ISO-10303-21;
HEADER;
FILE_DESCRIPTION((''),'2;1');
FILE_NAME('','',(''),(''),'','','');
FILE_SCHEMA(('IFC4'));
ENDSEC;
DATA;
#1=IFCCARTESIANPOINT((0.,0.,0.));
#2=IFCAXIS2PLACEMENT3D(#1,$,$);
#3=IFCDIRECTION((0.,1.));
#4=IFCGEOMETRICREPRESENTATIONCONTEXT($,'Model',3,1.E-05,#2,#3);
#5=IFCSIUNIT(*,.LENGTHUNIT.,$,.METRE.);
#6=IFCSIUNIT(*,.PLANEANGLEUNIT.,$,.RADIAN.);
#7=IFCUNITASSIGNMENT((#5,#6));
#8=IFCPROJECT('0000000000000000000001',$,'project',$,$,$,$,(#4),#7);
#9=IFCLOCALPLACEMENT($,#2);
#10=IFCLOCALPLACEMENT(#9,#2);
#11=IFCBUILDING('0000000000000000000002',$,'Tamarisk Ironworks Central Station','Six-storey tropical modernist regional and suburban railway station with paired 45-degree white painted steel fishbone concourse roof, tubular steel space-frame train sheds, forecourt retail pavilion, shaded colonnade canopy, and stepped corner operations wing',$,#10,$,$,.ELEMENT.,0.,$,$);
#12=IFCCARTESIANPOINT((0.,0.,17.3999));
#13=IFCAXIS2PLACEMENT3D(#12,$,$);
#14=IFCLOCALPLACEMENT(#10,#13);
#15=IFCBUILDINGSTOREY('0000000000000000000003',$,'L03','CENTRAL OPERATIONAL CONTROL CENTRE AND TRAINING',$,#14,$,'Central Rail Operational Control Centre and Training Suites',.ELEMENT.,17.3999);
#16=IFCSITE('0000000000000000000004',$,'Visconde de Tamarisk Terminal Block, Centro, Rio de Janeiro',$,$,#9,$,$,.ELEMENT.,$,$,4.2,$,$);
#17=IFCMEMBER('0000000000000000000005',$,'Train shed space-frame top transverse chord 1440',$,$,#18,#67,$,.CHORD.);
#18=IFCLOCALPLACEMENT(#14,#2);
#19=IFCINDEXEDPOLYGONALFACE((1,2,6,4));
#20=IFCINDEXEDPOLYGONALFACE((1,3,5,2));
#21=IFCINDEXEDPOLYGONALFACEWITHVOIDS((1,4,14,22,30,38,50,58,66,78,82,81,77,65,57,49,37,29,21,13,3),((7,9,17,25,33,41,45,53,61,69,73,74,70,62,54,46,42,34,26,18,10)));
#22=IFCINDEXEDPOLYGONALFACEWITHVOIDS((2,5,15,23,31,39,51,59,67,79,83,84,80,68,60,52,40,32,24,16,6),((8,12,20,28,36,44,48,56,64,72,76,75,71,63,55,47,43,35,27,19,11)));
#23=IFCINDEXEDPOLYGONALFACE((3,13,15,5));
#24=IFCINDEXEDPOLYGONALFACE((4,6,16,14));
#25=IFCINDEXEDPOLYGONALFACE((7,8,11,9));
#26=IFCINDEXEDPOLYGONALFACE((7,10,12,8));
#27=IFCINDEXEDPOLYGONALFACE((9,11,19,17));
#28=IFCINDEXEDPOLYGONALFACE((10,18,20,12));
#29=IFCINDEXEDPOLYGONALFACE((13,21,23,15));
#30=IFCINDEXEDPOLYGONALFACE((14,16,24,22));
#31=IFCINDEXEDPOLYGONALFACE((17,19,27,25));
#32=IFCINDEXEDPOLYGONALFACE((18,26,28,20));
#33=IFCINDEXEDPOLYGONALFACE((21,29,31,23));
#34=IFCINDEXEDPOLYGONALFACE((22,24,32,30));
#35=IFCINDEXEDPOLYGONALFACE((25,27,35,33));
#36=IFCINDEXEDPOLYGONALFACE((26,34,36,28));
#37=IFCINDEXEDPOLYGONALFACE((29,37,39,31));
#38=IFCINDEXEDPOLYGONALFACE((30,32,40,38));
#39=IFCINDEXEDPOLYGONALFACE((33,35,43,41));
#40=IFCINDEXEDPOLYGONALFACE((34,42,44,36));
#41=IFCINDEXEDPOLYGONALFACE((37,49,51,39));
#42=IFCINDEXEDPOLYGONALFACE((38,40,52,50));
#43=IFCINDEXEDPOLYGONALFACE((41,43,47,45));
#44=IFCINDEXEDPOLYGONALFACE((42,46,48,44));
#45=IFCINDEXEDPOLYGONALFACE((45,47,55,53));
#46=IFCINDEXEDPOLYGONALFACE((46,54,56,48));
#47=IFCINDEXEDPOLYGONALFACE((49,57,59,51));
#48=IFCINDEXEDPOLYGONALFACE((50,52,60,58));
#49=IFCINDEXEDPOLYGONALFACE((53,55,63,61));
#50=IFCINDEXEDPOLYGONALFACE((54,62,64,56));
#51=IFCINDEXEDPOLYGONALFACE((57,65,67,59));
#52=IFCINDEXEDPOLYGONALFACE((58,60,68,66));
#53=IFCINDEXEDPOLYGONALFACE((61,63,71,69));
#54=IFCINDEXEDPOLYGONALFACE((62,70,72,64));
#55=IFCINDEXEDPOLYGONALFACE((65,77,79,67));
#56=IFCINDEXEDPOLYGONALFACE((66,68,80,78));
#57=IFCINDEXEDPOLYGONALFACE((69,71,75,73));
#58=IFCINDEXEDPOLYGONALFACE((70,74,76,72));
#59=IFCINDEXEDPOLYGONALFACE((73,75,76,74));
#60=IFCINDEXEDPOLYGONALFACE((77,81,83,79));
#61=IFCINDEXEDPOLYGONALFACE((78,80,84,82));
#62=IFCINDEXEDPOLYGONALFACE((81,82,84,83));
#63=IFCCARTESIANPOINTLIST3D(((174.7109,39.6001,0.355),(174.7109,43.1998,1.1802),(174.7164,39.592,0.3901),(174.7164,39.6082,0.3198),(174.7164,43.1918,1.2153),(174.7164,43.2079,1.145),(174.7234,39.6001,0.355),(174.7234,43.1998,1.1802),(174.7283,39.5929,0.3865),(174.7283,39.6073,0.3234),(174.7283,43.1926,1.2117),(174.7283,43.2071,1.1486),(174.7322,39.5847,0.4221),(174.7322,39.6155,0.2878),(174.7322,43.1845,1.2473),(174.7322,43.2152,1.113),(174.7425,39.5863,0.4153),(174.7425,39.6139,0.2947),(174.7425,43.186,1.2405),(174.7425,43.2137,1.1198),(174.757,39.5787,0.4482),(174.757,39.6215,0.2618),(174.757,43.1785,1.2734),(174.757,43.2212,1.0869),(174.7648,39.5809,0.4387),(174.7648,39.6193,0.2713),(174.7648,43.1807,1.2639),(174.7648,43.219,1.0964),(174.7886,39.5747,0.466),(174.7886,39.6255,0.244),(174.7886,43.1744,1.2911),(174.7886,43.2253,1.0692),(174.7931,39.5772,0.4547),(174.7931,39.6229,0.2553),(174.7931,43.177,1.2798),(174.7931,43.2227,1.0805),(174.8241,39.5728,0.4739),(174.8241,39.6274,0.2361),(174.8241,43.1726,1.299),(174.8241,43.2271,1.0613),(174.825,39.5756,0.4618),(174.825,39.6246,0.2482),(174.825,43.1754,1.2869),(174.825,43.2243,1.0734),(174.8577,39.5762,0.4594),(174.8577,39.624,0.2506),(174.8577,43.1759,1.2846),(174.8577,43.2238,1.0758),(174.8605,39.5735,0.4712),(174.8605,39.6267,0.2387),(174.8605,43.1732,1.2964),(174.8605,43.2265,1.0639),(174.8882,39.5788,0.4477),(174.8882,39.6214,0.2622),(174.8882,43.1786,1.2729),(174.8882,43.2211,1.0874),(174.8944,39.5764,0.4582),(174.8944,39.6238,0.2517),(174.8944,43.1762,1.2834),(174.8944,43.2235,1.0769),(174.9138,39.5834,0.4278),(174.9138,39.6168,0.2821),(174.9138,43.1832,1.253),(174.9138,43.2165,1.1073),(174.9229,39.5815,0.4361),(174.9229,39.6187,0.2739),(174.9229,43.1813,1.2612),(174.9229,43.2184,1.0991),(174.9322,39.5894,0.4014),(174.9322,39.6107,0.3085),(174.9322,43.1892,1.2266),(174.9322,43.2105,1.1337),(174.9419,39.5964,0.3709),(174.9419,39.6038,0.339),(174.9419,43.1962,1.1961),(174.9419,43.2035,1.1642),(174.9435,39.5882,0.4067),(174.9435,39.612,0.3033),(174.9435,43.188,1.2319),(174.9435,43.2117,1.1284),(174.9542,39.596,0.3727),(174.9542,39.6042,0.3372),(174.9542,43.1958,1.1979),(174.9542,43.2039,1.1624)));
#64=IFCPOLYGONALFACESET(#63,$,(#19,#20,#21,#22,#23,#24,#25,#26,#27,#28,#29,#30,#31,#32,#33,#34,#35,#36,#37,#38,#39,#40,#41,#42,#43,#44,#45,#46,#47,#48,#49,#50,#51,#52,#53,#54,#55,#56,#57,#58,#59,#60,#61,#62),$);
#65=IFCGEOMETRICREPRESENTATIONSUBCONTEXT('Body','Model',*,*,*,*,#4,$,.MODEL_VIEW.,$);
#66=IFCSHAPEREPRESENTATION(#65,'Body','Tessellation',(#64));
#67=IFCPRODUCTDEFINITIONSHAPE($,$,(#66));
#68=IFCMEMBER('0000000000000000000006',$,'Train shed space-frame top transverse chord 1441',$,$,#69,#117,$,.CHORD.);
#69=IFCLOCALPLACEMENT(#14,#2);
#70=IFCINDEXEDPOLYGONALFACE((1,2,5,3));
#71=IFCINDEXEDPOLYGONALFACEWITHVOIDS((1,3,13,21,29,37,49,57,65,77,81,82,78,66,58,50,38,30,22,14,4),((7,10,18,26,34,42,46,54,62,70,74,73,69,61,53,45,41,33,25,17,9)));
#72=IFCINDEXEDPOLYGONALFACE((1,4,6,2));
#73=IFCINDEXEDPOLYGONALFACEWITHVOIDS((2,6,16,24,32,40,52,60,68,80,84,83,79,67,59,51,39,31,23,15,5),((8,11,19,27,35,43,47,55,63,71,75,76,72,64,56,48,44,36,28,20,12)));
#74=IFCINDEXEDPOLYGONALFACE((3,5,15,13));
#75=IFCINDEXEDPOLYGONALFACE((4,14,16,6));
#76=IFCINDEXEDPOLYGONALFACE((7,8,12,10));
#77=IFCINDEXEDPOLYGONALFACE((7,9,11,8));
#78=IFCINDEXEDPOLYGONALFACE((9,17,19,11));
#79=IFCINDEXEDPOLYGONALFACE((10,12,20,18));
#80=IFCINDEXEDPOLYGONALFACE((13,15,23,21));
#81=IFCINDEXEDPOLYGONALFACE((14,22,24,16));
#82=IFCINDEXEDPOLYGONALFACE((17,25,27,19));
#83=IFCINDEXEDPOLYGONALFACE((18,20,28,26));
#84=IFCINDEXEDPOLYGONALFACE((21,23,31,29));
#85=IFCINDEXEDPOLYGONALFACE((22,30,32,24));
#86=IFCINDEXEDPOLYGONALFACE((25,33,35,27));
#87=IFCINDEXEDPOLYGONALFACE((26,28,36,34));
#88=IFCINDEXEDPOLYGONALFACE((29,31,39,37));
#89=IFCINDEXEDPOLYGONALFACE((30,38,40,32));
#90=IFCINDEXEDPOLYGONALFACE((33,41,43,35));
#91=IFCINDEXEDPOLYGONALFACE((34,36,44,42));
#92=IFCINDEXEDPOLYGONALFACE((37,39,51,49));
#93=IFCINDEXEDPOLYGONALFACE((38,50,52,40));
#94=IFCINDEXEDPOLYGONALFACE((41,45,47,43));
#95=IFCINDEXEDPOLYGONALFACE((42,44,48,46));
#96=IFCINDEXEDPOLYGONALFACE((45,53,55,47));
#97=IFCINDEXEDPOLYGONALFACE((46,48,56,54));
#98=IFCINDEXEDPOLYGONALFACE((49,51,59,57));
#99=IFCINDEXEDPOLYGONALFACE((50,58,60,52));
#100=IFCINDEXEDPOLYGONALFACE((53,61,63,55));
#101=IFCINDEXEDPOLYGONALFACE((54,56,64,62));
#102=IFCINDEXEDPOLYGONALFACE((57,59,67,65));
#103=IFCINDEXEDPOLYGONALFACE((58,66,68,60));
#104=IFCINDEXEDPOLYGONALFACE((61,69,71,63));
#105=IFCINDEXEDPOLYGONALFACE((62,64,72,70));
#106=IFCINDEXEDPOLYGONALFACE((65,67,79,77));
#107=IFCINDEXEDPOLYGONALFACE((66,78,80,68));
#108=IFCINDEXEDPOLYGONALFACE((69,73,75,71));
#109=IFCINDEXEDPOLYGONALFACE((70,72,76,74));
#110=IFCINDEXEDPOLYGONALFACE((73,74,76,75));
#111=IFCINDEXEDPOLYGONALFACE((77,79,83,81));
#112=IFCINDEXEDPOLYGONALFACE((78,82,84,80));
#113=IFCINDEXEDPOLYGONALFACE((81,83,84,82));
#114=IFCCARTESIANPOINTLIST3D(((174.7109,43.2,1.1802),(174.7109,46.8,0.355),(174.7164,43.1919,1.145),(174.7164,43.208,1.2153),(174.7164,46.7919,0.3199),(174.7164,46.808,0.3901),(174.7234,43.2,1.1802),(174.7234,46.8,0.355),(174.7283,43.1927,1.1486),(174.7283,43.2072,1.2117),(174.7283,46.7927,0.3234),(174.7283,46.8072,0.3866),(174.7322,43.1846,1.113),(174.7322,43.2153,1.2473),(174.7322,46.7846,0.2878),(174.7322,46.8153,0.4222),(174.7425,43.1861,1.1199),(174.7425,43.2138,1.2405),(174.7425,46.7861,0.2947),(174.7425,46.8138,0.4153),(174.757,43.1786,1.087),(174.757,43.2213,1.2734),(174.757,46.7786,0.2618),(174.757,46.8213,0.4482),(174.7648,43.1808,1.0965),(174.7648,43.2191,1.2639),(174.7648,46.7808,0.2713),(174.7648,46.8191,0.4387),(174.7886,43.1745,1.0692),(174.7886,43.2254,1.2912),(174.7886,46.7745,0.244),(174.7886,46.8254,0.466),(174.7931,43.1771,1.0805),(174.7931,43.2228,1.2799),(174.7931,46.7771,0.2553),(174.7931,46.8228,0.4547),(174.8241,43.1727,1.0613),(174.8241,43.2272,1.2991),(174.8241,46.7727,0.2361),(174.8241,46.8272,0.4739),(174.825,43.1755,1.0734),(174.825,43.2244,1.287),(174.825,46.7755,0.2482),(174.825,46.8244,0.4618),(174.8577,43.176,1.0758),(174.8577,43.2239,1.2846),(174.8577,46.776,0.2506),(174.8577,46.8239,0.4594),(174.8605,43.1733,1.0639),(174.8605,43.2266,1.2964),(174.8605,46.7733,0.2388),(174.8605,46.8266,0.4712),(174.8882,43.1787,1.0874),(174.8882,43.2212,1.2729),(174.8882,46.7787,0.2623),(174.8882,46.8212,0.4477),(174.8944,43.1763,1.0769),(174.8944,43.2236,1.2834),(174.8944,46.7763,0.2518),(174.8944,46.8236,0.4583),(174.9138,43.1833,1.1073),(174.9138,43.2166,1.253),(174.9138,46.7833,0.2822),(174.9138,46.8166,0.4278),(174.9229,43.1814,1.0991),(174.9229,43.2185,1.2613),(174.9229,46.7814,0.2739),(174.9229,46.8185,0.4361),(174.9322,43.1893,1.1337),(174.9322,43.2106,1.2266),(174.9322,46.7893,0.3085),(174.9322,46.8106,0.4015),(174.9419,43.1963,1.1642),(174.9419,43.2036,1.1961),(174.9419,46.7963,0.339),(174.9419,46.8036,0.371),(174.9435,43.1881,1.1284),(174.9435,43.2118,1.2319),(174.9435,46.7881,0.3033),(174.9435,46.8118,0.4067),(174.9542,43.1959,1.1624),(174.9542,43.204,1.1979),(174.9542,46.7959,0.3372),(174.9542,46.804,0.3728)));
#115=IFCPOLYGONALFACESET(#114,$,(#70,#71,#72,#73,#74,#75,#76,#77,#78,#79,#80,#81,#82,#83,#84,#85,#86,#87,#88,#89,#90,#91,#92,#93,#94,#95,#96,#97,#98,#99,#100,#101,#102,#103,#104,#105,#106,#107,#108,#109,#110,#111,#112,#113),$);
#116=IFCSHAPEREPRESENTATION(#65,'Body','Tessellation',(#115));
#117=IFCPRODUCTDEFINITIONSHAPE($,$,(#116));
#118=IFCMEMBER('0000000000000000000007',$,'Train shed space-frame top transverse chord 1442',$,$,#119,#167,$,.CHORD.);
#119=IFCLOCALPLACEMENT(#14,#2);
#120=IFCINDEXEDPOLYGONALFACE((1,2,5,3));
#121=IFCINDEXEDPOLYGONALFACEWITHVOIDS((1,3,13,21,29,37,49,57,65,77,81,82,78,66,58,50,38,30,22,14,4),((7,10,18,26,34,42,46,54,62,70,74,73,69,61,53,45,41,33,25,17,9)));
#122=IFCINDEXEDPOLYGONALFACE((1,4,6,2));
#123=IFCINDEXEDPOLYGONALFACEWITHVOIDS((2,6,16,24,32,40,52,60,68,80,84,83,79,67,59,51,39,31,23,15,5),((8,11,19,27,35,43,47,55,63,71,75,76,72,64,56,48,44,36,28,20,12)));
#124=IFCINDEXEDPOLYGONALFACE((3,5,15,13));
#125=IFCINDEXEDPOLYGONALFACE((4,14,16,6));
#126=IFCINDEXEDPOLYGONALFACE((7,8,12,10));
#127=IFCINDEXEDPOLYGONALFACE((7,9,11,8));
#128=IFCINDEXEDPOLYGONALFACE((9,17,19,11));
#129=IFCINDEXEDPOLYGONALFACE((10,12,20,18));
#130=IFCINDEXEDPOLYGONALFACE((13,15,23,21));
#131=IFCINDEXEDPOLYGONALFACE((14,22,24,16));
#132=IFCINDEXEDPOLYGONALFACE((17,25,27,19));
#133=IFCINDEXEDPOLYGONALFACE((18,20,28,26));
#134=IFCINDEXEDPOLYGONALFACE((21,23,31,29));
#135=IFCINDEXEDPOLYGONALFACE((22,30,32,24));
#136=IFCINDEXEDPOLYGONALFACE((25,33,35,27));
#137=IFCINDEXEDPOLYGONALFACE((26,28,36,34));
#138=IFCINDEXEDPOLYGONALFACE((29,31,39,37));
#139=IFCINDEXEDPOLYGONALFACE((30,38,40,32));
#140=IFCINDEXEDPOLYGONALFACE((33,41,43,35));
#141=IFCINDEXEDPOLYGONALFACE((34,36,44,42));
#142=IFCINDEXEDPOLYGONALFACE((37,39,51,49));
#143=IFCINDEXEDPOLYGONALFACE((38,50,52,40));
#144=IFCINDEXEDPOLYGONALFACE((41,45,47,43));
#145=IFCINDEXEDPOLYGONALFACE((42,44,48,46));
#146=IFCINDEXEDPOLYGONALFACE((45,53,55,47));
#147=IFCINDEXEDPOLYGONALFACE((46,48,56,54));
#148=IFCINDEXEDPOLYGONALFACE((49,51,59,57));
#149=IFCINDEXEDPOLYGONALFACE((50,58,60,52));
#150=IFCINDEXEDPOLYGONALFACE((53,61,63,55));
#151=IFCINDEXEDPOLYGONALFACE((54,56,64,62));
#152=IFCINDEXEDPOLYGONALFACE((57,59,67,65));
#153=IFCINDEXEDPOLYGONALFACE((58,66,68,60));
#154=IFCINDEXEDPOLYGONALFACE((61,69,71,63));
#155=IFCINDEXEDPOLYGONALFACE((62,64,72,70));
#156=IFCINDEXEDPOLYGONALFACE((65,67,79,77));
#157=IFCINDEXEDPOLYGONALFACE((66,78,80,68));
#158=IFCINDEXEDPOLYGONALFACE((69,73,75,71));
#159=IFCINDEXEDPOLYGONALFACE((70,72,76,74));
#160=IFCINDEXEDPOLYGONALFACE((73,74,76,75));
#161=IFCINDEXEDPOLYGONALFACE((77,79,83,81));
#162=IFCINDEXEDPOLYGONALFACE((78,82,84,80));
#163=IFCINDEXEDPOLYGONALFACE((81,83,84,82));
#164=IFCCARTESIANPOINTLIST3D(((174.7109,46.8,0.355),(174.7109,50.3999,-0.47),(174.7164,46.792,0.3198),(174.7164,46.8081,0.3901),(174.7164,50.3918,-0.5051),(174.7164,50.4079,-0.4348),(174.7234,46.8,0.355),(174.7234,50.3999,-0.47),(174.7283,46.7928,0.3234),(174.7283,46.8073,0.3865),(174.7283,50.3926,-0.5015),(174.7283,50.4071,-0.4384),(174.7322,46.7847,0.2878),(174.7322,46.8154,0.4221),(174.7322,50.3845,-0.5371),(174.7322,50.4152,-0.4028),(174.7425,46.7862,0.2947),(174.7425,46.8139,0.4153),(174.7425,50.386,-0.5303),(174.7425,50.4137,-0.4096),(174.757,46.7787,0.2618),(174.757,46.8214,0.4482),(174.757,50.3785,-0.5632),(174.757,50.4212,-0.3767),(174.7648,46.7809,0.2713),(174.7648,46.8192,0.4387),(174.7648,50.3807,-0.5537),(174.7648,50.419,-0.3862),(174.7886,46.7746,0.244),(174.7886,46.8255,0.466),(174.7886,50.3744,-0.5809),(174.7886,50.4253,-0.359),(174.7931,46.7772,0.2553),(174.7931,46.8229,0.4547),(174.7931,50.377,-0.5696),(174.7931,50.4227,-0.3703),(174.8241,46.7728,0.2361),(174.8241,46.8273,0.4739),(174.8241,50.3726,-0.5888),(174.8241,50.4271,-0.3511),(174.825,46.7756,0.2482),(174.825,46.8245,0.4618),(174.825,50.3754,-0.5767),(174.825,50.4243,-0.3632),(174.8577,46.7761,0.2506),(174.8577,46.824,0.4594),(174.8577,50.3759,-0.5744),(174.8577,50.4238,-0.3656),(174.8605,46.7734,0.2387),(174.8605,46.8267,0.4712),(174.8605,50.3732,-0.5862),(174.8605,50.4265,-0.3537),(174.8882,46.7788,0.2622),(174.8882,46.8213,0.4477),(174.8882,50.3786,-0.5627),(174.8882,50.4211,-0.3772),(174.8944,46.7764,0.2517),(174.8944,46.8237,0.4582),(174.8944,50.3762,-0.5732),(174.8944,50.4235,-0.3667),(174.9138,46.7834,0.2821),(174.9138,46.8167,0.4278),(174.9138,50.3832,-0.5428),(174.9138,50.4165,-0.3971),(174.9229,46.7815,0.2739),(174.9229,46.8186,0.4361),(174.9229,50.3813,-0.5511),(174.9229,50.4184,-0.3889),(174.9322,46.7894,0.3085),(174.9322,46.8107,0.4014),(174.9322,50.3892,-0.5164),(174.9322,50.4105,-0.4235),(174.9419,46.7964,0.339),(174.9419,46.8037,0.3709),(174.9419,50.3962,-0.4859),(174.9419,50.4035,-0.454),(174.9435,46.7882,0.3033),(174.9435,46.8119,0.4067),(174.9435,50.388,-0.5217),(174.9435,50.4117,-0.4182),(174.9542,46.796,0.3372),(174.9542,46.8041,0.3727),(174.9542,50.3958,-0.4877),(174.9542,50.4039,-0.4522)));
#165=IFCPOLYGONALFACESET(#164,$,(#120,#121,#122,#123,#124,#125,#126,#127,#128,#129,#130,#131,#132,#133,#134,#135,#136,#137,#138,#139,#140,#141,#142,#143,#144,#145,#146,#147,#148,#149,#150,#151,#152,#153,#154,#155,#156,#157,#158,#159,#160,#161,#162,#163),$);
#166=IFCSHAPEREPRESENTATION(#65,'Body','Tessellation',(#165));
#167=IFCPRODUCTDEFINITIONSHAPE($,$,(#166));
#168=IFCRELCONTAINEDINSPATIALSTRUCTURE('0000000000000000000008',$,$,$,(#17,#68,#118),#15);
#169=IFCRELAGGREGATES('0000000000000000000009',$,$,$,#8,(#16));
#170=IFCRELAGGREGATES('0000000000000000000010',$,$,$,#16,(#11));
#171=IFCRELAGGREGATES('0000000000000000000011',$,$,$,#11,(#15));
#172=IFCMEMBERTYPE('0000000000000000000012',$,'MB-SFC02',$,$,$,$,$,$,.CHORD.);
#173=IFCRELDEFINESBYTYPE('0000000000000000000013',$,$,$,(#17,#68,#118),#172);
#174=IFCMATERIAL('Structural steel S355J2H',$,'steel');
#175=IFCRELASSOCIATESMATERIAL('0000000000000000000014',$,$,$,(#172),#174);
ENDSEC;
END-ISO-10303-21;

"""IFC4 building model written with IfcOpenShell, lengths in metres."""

from ifc_helpers import new_model, si_unit, direction, frame, origin, origin_2d, place, context, subcontext, project, spatial, hollow_circle, extrude, material, material_profile, profile_set, type_object, element, save


model = new_model("IFC4")

# Units and contexts
model_context = context("Model", 3, precision=1e-05, world=origin(), true_north=direction((0.0, 1.0)))
body_context = subcontext(model_context, "Body", "Model", "MODEL_VIEW")
ifc_project = project(units=[si_unit("LENGTHUNIT", "METRE"), si_unit("PLANEANGLEUNIT", "RADIAN")], contexts=[model_context])

# Site, building, storey
site_placement = place(None, origin())
site = spatial("IfcSite", under=ifc_project, at=site_placement, Name="Visconde de Tamarisk Terminal Block, Centro, Rio de Janeiro", CompositionType="ELEMENT", RefElevation=4.2)
building_placement = place(site_placement, origin())
building = spatial("IfcBuilding", under=site, at=building_placement, Name="Tamarisk Ironworks Central Station", Description="Six-storey tropical modernist regional and suburban railway station with paired 45-degree white painted steel fishbone concourse roof, tubular steel space-frame train sheds, forecourt retail pavilion, shaded colonnade canopy, and stepped corner operations wing", CompositionType="ELEMENT", ElevationOfRefHeight=0.0)
storey_placement = place(building_placement, frame((0.0, 0.0, 17.3999)))
storey = spatial("IfcBuildingStorey", under=building, at=storey_placement, Name="L03", Description="CENTRAL OPERATIONAL CONTROL CENTRE AND TRAINING", LongName="Central Rail Operational Control Centre and Training Suites", CompositionType="ELEMENT", Elevation=17.3999)

# Members
ifc_material = material(Name="Structural steel S355J2H", Category="steel")
ifc_material_profile_1 = material_profile(ifc_material, hollow_circle(Radius=0.1223, WallThickness=0.0125, at=origin_2d()), Name="CHS 244.5x12.5")
ifc_profile_set_1 = profile_set([ifc_material_profile_1], Name="Structural steel S355J2H")
member_type_1 = type_object("IfcMemberType", Name="MB-SFC02", PredefinedType="CHORD", material=ifc_profile_set_1)
member_1_placement = place(storey_placement, frame((174.8333, 39.6001, 0.355), z_axis=(0.0, 0.974719, 0.223435), x_axis=(-1.0, 0.0, 0.0)))
element("IfcMember", 1, at=member_1_placement, inside=storey, type_object=member_type_1, Name="Train shed space-frame top transverse chord 1440", PredefinedType="CHORD", context=body_context, shape_type="SweptSolid", body=[
    extrude(hollow_circle(Radius=0.1223, WallThickness=0.0125, at=origin_2d()), origin(), (0.0, 0.0, 1.0), 3.6931),
])
member_2_placement = place(storey_placement, frame((174.8333, 43.2, 1.1802), z_axis=(0.0, 0.974722, -0.223421), x_axis=(-1.0, 0.0, 0.0)))
element("IfcMember", 2, at=member_2_placement, inside=storey, type_object=member_type_1, Name="Train shed space-frame top transverse chord 1441", PredefinedType="CHORD", context=body_context, shape_type="SweptSolid", body=[
    extrude(hollow_circle(Radius=0.1223, WallThickness=0.0125, at=origin_2d()), origin(), (0.0, 0.0, 1.0), 3.6934),
])
for number, where, z_axis, x_axis, name in (
    (3, (174.8333, 46.8, 0.355), (0.0, 0.974733, -0.223372), (-1.0, 0.0, 0.0), "Train shed space-frame top transverse chord 1442"),
):
    element("IfcMember", number, at=place(storey_placement, frame(where, z_axis=z_axis, x_axis=x_axis)), inside=storey, type_object=member_type_1, Name=name, PredefinedType="CHORD", context=body_context, shape_type="SweptSolid", body=[
        extrude(hollow_circle(Radius=0.1223, WallThickness=0.0125, at=origin_2d()), origin(), (0.0, 0.0, 1.0), 3.6931),
    ])

save(model, "model.ifc")
